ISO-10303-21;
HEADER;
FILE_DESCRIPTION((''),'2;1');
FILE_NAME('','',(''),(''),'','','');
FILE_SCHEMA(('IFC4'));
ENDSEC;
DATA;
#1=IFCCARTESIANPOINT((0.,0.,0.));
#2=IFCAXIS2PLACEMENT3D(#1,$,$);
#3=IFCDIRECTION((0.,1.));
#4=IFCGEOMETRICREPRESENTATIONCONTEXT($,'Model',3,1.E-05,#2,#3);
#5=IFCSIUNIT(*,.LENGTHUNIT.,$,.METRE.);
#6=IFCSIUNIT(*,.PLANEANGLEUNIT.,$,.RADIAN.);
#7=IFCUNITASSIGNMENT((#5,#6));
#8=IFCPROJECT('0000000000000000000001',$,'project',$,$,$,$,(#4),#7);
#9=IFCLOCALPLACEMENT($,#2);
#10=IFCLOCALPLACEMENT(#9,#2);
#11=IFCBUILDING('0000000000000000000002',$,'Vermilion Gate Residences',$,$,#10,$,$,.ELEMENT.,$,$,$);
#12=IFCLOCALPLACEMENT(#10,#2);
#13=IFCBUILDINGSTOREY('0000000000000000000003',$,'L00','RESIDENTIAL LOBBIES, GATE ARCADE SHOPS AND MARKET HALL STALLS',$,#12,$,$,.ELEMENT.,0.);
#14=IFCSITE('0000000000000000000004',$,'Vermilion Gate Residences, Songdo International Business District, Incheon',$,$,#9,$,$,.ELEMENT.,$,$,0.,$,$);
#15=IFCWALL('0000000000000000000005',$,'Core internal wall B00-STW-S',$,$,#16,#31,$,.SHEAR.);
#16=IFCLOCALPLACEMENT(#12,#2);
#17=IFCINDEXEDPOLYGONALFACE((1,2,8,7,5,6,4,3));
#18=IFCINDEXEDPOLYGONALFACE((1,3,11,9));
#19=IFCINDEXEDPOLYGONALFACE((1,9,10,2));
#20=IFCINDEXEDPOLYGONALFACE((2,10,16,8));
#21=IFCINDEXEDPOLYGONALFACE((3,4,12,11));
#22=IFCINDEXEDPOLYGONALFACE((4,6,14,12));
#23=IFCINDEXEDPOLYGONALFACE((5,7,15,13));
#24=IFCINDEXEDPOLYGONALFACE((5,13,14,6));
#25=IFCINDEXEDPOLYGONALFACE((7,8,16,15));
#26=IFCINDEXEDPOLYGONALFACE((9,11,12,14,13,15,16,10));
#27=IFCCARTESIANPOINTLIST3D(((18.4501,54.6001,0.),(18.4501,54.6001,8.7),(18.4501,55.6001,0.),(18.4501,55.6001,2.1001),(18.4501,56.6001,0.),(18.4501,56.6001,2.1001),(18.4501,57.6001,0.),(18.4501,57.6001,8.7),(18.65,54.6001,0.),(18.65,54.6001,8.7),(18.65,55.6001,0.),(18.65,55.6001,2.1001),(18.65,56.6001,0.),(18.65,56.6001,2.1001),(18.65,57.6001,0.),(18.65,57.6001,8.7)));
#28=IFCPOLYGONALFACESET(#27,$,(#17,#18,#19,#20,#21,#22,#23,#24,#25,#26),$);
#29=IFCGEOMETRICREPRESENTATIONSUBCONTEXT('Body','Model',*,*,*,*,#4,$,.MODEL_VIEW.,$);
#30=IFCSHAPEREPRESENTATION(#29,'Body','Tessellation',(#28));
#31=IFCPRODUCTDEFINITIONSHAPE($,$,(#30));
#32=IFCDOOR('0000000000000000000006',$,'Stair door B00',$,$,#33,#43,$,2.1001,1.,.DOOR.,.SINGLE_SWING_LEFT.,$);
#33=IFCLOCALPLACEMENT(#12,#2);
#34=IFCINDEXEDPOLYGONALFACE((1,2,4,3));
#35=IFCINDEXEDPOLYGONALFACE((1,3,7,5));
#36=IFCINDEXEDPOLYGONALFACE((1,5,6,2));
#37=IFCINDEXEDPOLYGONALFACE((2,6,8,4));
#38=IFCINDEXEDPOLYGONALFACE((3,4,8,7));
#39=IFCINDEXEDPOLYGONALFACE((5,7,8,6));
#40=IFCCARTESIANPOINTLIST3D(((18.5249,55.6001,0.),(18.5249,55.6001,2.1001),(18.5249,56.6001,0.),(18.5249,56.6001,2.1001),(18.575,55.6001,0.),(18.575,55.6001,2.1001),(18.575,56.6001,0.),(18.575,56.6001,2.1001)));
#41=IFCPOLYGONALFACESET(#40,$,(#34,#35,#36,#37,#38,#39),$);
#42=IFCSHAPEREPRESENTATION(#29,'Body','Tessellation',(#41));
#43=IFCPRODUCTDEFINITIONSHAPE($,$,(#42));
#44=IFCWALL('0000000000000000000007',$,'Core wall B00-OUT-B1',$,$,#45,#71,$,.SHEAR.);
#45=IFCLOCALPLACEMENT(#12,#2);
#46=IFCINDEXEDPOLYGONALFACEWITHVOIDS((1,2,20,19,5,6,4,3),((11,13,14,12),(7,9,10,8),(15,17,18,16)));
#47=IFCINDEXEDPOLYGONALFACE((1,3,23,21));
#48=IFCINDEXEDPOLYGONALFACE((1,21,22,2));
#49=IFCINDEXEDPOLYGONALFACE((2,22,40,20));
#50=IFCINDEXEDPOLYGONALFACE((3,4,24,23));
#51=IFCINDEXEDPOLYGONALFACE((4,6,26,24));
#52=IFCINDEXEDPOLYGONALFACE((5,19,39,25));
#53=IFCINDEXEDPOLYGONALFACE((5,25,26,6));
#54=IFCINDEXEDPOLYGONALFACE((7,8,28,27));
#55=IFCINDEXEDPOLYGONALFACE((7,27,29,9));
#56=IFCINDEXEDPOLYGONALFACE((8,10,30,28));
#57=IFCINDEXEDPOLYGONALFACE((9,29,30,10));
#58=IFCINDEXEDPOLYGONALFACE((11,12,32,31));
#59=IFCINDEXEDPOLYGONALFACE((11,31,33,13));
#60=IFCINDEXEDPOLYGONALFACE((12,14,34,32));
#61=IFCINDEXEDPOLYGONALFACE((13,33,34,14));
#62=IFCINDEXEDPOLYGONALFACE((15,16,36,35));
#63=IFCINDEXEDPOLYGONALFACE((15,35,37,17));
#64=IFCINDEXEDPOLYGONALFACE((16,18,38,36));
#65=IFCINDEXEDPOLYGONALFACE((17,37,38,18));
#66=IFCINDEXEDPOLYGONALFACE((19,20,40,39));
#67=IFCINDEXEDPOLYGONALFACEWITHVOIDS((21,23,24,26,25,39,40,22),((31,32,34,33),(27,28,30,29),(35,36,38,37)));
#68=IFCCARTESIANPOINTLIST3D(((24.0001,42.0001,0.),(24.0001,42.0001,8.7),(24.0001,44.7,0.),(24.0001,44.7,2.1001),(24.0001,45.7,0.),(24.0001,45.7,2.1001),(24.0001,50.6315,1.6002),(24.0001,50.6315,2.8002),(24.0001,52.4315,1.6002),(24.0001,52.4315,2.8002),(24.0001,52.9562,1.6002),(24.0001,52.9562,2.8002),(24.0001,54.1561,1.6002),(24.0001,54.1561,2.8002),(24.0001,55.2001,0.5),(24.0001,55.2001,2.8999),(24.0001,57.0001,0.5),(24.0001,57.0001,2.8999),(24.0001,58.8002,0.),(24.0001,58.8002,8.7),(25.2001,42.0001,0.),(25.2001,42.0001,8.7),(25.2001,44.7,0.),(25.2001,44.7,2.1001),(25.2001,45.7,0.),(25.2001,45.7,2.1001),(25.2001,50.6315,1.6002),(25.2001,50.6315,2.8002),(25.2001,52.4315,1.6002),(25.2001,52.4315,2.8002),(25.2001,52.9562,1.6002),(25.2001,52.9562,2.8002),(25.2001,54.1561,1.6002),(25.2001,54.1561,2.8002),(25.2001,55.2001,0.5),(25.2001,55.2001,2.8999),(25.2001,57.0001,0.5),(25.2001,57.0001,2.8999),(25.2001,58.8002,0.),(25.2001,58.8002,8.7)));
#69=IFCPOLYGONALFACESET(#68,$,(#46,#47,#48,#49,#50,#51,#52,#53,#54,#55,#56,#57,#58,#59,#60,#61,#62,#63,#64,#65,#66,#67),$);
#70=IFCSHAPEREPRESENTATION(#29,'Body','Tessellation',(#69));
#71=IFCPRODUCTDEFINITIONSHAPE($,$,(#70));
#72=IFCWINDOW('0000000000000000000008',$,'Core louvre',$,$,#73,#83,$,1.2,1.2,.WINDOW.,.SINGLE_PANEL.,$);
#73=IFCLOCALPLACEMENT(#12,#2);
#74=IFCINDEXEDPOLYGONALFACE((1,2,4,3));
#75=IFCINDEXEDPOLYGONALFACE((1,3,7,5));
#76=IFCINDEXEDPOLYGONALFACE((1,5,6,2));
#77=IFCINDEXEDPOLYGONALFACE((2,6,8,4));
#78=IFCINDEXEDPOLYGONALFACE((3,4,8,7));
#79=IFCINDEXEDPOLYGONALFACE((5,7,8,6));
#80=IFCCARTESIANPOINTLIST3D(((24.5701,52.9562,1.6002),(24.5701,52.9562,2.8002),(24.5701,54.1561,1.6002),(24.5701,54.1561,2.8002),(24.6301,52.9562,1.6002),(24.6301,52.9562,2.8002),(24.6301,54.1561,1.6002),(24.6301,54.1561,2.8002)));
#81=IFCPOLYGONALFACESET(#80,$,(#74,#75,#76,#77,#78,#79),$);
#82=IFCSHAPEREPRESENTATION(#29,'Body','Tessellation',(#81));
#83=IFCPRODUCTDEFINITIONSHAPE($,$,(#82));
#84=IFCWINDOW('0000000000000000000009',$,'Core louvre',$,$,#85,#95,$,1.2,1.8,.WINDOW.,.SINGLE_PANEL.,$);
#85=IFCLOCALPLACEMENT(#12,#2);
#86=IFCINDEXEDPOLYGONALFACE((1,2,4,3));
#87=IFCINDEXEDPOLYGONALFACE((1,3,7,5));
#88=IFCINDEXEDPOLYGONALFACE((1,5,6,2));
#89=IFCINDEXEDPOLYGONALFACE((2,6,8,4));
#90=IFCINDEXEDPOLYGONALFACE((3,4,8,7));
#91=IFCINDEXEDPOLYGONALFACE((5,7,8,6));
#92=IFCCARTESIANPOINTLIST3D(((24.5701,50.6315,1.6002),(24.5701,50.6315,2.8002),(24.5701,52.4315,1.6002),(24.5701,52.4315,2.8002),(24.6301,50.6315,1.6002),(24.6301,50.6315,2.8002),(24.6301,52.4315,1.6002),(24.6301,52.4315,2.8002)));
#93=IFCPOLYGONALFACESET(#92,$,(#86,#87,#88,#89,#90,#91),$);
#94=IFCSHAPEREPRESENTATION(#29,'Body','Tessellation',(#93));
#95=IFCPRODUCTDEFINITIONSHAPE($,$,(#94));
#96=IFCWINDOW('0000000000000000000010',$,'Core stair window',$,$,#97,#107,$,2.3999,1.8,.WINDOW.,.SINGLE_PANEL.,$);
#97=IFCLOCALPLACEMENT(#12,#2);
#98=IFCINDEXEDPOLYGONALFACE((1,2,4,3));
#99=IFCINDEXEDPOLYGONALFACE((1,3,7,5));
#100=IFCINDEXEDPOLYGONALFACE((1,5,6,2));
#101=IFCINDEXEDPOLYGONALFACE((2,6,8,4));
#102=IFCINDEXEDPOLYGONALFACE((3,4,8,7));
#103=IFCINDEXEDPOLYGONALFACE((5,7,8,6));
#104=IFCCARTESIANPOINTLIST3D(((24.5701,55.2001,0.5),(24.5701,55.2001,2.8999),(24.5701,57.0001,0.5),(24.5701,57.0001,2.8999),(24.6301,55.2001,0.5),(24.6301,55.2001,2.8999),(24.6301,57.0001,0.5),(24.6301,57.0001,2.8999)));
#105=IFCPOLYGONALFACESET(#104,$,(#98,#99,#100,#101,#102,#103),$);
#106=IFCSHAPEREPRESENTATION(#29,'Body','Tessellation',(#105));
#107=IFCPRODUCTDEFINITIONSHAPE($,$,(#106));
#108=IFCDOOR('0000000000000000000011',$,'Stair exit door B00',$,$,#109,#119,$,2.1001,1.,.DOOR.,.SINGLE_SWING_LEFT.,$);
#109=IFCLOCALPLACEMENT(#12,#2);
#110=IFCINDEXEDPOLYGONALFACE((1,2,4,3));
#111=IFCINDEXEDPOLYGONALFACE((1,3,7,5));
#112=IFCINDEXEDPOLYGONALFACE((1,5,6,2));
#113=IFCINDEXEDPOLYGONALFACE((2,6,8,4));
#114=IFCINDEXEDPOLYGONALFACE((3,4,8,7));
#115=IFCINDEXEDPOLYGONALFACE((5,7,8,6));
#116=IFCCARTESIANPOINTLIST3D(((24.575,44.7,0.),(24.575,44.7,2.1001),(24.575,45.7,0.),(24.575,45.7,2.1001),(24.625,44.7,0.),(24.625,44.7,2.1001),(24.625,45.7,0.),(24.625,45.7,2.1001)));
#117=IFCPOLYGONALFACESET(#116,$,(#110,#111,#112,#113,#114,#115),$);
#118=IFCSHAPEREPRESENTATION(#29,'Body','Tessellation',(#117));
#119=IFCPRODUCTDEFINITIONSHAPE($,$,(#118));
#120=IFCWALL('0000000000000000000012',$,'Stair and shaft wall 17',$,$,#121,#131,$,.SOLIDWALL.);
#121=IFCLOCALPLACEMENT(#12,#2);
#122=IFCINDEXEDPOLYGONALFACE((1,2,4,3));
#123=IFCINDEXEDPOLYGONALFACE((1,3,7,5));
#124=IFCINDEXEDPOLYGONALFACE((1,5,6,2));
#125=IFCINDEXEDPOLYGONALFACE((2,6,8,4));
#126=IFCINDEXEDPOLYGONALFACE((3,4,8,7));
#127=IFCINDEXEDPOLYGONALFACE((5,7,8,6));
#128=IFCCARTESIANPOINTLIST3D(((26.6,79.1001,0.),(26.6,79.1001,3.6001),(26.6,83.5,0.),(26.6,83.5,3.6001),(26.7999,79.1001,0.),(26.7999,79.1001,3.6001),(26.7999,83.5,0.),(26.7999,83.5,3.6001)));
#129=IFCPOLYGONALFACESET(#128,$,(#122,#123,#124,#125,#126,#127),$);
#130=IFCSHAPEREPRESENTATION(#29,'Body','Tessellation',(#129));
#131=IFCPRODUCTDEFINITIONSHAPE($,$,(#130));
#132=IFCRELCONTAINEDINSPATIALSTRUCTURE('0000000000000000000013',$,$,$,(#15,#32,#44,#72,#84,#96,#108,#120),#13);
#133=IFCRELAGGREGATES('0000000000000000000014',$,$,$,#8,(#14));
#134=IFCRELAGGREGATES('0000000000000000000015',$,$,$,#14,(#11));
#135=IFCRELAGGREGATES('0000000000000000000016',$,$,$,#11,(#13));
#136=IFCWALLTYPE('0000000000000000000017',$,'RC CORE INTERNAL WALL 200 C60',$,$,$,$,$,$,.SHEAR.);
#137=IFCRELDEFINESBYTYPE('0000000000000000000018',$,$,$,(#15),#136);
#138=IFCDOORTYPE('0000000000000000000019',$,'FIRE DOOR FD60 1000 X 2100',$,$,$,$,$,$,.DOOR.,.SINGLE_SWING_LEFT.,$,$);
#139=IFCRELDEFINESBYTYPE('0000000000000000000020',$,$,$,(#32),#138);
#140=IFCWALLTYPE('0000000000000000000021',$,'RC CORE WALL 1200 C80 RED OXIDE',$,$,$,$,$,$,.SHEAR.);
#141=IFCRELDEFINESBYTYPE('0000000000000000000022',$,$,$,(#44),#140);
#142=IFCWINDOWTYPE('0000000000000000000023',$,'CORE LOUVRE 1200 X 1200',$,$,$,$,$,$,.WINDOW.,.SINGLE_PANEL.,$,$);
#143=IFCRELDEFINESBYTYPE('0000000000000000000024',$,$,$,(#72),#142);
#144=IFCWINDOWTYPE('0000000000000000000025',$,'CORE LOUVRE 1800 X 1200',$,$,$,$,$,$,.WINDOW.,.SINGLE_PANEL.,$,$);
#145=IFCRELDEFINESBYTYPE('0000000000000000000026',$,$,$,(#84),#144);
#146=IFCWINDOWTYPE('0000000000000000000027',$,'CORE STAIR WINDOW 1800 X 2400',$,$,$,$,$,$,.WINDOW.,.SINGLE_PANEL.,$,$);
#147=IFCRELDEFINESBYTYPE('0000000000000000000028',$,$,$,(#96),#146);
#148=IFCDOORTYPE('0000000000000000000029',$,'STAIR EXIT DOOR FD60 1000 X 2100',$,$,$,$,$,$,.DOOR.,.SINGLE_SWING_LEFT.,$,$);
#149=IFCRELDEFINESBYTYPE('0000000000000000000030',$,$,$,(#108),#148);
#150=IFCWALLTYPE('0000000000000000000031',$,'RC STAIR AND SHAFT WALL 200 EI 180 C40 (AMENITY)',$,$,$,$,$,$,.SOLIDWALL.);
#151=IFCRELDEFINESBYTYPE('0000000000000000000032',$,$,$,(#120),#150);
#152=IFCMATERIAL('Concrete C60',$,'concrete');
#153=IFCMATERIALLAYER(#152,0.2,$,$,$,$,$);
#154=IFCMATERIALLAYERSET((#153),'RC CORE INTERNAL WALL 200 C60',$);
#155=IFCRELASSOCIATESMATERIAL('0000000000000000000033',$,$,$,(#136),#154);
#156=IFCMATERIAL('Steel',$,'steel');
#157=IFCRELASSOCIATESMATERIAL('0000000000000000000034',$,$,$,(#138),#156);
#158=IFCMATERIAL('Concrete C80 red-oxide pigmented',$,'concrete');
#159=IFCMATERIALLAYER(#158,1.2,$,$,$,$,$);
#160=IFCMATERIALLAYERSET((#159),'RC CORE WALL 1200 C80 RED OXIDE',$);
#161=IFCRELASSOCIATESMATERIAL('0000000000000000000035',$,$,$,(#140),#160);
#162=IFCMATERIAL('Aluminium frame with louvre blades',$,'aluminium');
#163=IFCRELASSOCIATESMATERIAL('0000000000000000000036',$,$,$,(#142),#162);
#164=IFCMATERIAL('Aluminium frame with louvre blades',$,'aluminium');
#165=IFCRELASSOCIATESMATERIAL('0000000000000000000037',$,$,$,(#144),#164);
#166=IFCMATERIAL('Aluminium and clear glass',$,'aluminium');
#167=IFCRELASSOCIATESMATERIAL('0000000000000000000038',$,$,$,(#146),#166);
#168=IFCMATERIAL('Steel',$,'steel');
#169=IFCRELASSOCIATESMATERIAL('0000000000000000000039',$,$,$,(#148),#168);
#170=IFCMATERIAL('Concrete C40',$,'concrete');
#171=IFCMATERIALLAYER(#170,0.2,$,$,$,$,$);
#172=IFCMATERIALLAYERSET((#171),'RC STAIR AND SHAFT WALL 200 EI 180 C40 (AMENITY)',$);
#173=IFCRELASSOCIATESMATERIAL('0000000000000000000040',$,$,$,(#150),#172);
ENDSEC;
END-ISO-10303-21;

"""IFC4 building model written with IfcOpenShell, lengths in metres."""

from ifc_helpers import new_model, si_unit, direction, frame, frame_2d, origin, place, context, subcontext, project, spatial, rectangle, extrude, material, layer, layer_set, type_object, element, fill, save


model = new_model("IFC4")

# Units and contexts
model_context = context("Model", 3, precision=1e-05, world=origin(), true_north=direction((0.0, 1.0)))
body_context = subcontext(model_context, "Body", "Model", "MODEL_VIEW")
ifc_project = project(units=[si_unit("LENGTHUNIT", "METRE"), si_unit("PLANEANGLEUNIT", "RADIAN")], contexts=[model_context])

# Site, building, storey
site_placement = place(None, origin())
site = spatial("IfcSite", under=ifc_project, at=site_placement, Name="Vermilion Gate Residences, Songdo International Business District, Incheon", CompositionType="ELEMENT", RefElevation=0.0)
building_placement = place(site_placement, origin())
building = spatial("IfcBuilding", under=site, at=building_placement, Name="Vermilion Gate Residences", CompositionType="ELEMENT")
storey_placement = place(building_placement, origin())
storey = spatial("IfcBuildingStorey", under=building, at=storey_placement, Name="L00", Description="RESIDENTIAL LOBBIES, GATE ARCADE SHOPS AND MARKET HALL STALLS", CompositionType="ELEMENT", Elevation=0.0)

# Wall, opening, door
ifc_material_1 = material(Name="Concrete C60", Category="concrete")
ifc_layer_1 = layer(ifc_material_1, 0.2)
ifc_layer_set_1 = layer_set([ifc_layer_1], Name="RC CORE INTERNAL WALL 200 C60")
wall_type_1 = type_object("IfcWallType", Name="RC CORE INTERNAL WALL 200 C60", PredefinedType="SHEAR", material=ifc_layer_set_1)
wall_1_placement = place(storey_placement, frame((18.55, 57.6001, 0.0), z_axis=(0.0, 0.0, 1.0), x_axis=(0.0, -1.0, 0.0)))
wall_1 = element("IfcWall", 1, at=wall_1_placement, inside=storey, type_object=wall_type_1, Name="Core internal wall B00-STW-S", PredefinedType="SHEAR", context=body_context, shape_type="SweptSolid", body=[
    extrude(rectangle(XDim=3.0, YDim=0.2, at=frame_2d((1.5, 0.0))), origin(), (0.0, 0.0, 1.0), 8.7),
])
opening_1_placement = place(wall_1_placement, frame((1.0, 0.0, 0.0)))
opening_1 = element("IfcOpeningElement", 2, at=opening_1_placement, cuts=wall_1, PredefinedType="OPENING", context=body_context, shape_type="SweptSolid", body=[
    extrude(rectangle(XDim=1.0, YDim=2.1001, at=frame_2d((0.5, 1.05))), frame((0.0, 0.1099, 0.0), z_axis=(0.0, -1.0, 0.0), x_axis=(1.0, 0.0, 0.0)), (0.0, 0.0, 1.0), 0.22),
])
ifc_material_2 = material(Name="Steel", Category="steel")
door_type_1 = type_object("IfcDoorType", Name="FIRE DOOR FD60 1000 X 2100", OperationType="SINGLE_SWING_LEFT", PredefinedType="DOOR", material=ifc_material_2)
door_1_placement = place(opening_1_placement, origin())
door_1 = element("IfcDoor", 3, at=door_1_placement, inside=storey, type_object=door_type_1, Name="Stair door B00", OperationType="SINGLE_SWING_LEFT", OverallHeight=2.1001, OverallWidth=1.0, PredefinedType="DOOR", context=body_context, shape_type="SweptSolid", body=[
    extrude(rectangle(XDim=1.0, YDim=2.1001, at=frame_2d((0.5, 1.05))), frame((0.0, 0.0249, 0.0), z_axis=(0.0, -1.0, 0.0), x_axis=(1.0, 0.0, 0.0)), (0.0, 0.0, 1.0), 0.05),
])
fill(opening_1, door_1)

# Wall, openings, windows, door
ifc_material_3 = material(Name="Concrete C80 red-oxide pigmented", Category="concrete")
ifc_layer_2 = layer(ifc_material_3, 1.2)
ifc_layer_set_2 = layer_set([ifc_layer_2], Name="RC CORE WALL 1200 C80 RED OXIDE")
wall_type_2 = type_object("IfcWallType", Name="RC CORE WALL 1200 C80 RED OXIDE", PredefinedType="SHEAR", material=ifc_layer_set_2)
wall_2_placement = place(storey_placement, frame((24.6001, 58.8, 0.0), z_axis=(0.0, 0.0, 1.0), x_axis=(0.0, -1.0, 0.0)))
wall_2 = element("IfcWall", 4, at=wall_2_placement, inside=storey, type_object=wall_type_2, Name="Core wall B00-OUT-B1", PredefinedType="SHEAR", context=body_context, shape_type="SweptSolid", body=[
    extrude(rectangle(XDim=16.8, YDim=1.2, at=frame_2d((8.3999, 0.0))), origin(), (0.0, 0.0, 1.0), 8.7),
])
opening_2_placement = place(wall_2_placement, frame((13.1001, 0.0, 0.0)))
opening_2 = element("IfcOpeningElement", 5, at=opening_2_placement, cuts=wall_2, PredefinedType="OPENING", context=body_context, shape_type="SweptSolid", body=[
    extrude(rectangle(XDim=1.0, YDim=2.1001, at=frame_2d((0.5, 1.05))), frame((0.0, 0.6099, 0.0), z_axis=(0.0, -1.0, 0.0), x_axis=(1.0, 0.0, 0.0)), (0.0, 0.0, 1.0), 1.22),
])
opening_3_placement = place(wall_2_placement, frame((1.8, 0.0, 0.5)))
opening_3 = element("IfcOpeningElement", 6, at=opening_3_placement, cuts=wall_2, PredefinedType="OPENING", context=body_context, shape_type="SweptSolid", body=[
    extrude(rectangle(XDim=1.8, YDim=2.3999, at=frame_2d((0.8999, 1.2))), frame((0.0, 0.6099, 0.0), z_axis=(0.0, -1.0, 0.0), x_axis=(1.0, 0.0, 0.0)), (0.0, 0.0, 1.0), 1.22),
])
opening_4_placement = place(wall_2_placement, frame((4.6438, 0.0, 1.6001)))
opening_4 = element("IfcOpeningElement", 7, at=opening_4_placement, cuts=wall_2, PredefinedType="OPENING", context=body_context, shape_type="SweptSolid", body=[
    extrude(rectangle(XDim=1.2, YDim=1.2, at=frame_2d((0.6001, 0.6001))), frame((0.0, 0.6099, 0.0), z_axis=(0.0, -1.0, 0.0), x_axis=(1.0, 0.0, 0.0)), (0.0, 0.0, 1.0), 1.22),
])
opening_5_placement = place(wall_2_placement, frame((6.3687, 0.0, 1.6001)))
opening_5 = element("IfcOpeningElement", 8, at=opening_5_placement, cuts=wall_2, PredefinedType="OPENING", context=body_context, shape_type="SweptSolid", body=[
    extrude(rectangle(XDim=1.8, YDim=1.2, at=frame_2d((0.8999, 0.6001))), frame((0.0, 0.6099, 0.0), z_axis=(0.0, -1.0, 0.0), x_axis=(1.0, 0.0, 0.0)), (0.0, 0.0, 1.0), 1.22),
])
ifc_material_4 = material(Name="Aluminium frame with louvre blades", Category="aluminium")
window_type_1 = type_object("IfcWindowType", Name="CORE LOUVRE 1200 X 1200", PartitioningType="SINGLE_PANEL", PredefinedType="WINDOW", material=ifc_material_4)
window_1_placement = place(opening_4_placement, origin())
window_1 = element("IfcWindow", 9, at=window_1_placement, inside=storey, type_object=window_type_1, Name="Core louvre", OverallHeight=1.2, OverallWidth=1.2, PartitioningType="SINGLE_PANEL", PredefinedType="WINDOW", context=body_context, shape_type="SweptSolid", body=[
    extrude(rectangle(XDim=1.2, YDim=1.2, at=frame_2d((0.6001, 0.6001))), frame((0.0, 0.03, 0.0), z_axis=(0.0, -1.0, 0.0), x_axis=(1.0, 0.0, 0.0)), (0.0, 0.0, 1.0), 0.0601),
])
fill(opening_4, window_1)
ifc_material_5 = material(Name="Aluminium frame with louvre blades", Category="aluminium")
window_type_2 = type_object("IfcWindowType", Name="CORE LOUVRE 1800 X 1200", PartitioningType="SINGLE_PANEL", PredefinedType="WINDOW", material=ifc_material_5)
window_2_placement = place(opening_5_placement, origin())
window_2 = element("IfcWindow", 10, at=window_2_placement, inside=storey, type_object=window_type_2, Name="Core louvre", OverallHeight=1.2, OverallWidth=1.8, PartitioningType="SINGLE_PANEL", PredefinedType="WINDOW", context=body_context, shape_type="SweptSolid", body=[
    extrude(rectangle(XDim=1.8, YDim=1.2, at=frame_2d((0.8999, 0.6001))), frame((0.0, 0.03, 0.0), z_axis=(0.0, -1.0, 0.0), x_axis=(1.0, 0.0, 0.0)), (0.0, 0.0, 1.0), 0.0601),
])
fill(opening_5, window_2)
ifc_material_6 = material(Name="Aluminium and clear glass", Category="aluminium")
window_type_3 = type_object("IfcWindowType", Name="CORE STAIR WINDOW 1800 X 2400", PartitioningType="SINGLE_PANEL", PredefinedType="WINDOW", material=ifc_material_6)
window_3_placement = place(opening_3_placement, origin())
window_3 = element("IfcWindow", 11, at=window_3_placement, inside=storey, type_object=window_type_3, Name="Core stair window", OverallHeight=2.3999, OverallWidth=1.8, PartitioningType="SINGLE_PANEL", PredefinedType="WINDOW", context=body_context, shape_type="SweptSolid", body=[
    extrude(rectangle(XDim=1.8, YDim=2.3999, at=frame_2d((0.8999, 1.2))), frame((0.0, 0.03, 0.0), z_axis=(0.0, -1.0, 0.0), x_axis=(1.0, 0.0, 0.0)), (0.0, 0.0, 1.0), 0.0601),
])
fill(opening_3, window_3)
ifc_material_7 = material(Name="Steel", Category="steel")
door_type_2 = type_object("IfcDoorType", Name="STAIR EXIT DOOR FD60 1000 X 2100", OperationType="SINGLE_SWING_LEFT", PredefinedType="DOOR", material=ifc_material_7)
door_2_placement = place(opening_2_placement, origin())
door_2 = element("IfcDoor", 12, at=door_2_placement, inside=storey, type_object=door_type_2, Name="Stair exit door B00", OperationType="SINGLE_SWING_LEFT", OverallHeight=2.1001, OverallWidth=1.0, PredefinedType="DOOR", context=body_context, shape_type="SweptSolid", body=[
    extrude(rectangle(XDim=1.0, YDim=2.1001, at=frame_2d((0.5, 1.05))), frame((0.0, 0.0249, 0.0), z_axis=(0.0, -1.0, 0.0), x_axis=(1.0, 0.0, 0.0)), (0.0, 0.0, 1.0), 0.05),
])
fill(opening_2, door_2)

# Wall
ifc_material_8 = material(Name="Concrete C40", Category="concrete")
ifc_layer_3 = layer(ifc_material_8, 0.2)
ifc_layer_set_3 = layer_set([ifc_layer_3], Name="RC STAIR AND SHAFT WALL 200 EI 180 C40 (AMENITY)")
wall_type_3 = type_object("IfcWallType", Name="RC STAIR AND SHAFT WALL 200 EI 180 C40 (AMENITY)", PredefinedType="SOLIDWALL", material=ifc_layer_set_3)
wall_3_placement = place(storey_placement, frame((26.7, 79.1001, 0.0), z_axis=(0.0, 0.0, 1.0), x_axis=(0.0, 1.0, 0.0)))
element("IfcWall", 13, at=wall_3_placement, inside=storey, type_object=wall_type_3, Name="Stair and shaft wall 17", PredefinedType="SOLIDWALL", context=body_context, shape_type="SweptSolid", body=[
    extrude(rectangle(XDim=4.3999, YDim=0.2, at=frame_2d((2.2, 0.0))), origin(), (0.0, 0.0, 1.0), 3.6001),
])

save(model, "model.ifc")
